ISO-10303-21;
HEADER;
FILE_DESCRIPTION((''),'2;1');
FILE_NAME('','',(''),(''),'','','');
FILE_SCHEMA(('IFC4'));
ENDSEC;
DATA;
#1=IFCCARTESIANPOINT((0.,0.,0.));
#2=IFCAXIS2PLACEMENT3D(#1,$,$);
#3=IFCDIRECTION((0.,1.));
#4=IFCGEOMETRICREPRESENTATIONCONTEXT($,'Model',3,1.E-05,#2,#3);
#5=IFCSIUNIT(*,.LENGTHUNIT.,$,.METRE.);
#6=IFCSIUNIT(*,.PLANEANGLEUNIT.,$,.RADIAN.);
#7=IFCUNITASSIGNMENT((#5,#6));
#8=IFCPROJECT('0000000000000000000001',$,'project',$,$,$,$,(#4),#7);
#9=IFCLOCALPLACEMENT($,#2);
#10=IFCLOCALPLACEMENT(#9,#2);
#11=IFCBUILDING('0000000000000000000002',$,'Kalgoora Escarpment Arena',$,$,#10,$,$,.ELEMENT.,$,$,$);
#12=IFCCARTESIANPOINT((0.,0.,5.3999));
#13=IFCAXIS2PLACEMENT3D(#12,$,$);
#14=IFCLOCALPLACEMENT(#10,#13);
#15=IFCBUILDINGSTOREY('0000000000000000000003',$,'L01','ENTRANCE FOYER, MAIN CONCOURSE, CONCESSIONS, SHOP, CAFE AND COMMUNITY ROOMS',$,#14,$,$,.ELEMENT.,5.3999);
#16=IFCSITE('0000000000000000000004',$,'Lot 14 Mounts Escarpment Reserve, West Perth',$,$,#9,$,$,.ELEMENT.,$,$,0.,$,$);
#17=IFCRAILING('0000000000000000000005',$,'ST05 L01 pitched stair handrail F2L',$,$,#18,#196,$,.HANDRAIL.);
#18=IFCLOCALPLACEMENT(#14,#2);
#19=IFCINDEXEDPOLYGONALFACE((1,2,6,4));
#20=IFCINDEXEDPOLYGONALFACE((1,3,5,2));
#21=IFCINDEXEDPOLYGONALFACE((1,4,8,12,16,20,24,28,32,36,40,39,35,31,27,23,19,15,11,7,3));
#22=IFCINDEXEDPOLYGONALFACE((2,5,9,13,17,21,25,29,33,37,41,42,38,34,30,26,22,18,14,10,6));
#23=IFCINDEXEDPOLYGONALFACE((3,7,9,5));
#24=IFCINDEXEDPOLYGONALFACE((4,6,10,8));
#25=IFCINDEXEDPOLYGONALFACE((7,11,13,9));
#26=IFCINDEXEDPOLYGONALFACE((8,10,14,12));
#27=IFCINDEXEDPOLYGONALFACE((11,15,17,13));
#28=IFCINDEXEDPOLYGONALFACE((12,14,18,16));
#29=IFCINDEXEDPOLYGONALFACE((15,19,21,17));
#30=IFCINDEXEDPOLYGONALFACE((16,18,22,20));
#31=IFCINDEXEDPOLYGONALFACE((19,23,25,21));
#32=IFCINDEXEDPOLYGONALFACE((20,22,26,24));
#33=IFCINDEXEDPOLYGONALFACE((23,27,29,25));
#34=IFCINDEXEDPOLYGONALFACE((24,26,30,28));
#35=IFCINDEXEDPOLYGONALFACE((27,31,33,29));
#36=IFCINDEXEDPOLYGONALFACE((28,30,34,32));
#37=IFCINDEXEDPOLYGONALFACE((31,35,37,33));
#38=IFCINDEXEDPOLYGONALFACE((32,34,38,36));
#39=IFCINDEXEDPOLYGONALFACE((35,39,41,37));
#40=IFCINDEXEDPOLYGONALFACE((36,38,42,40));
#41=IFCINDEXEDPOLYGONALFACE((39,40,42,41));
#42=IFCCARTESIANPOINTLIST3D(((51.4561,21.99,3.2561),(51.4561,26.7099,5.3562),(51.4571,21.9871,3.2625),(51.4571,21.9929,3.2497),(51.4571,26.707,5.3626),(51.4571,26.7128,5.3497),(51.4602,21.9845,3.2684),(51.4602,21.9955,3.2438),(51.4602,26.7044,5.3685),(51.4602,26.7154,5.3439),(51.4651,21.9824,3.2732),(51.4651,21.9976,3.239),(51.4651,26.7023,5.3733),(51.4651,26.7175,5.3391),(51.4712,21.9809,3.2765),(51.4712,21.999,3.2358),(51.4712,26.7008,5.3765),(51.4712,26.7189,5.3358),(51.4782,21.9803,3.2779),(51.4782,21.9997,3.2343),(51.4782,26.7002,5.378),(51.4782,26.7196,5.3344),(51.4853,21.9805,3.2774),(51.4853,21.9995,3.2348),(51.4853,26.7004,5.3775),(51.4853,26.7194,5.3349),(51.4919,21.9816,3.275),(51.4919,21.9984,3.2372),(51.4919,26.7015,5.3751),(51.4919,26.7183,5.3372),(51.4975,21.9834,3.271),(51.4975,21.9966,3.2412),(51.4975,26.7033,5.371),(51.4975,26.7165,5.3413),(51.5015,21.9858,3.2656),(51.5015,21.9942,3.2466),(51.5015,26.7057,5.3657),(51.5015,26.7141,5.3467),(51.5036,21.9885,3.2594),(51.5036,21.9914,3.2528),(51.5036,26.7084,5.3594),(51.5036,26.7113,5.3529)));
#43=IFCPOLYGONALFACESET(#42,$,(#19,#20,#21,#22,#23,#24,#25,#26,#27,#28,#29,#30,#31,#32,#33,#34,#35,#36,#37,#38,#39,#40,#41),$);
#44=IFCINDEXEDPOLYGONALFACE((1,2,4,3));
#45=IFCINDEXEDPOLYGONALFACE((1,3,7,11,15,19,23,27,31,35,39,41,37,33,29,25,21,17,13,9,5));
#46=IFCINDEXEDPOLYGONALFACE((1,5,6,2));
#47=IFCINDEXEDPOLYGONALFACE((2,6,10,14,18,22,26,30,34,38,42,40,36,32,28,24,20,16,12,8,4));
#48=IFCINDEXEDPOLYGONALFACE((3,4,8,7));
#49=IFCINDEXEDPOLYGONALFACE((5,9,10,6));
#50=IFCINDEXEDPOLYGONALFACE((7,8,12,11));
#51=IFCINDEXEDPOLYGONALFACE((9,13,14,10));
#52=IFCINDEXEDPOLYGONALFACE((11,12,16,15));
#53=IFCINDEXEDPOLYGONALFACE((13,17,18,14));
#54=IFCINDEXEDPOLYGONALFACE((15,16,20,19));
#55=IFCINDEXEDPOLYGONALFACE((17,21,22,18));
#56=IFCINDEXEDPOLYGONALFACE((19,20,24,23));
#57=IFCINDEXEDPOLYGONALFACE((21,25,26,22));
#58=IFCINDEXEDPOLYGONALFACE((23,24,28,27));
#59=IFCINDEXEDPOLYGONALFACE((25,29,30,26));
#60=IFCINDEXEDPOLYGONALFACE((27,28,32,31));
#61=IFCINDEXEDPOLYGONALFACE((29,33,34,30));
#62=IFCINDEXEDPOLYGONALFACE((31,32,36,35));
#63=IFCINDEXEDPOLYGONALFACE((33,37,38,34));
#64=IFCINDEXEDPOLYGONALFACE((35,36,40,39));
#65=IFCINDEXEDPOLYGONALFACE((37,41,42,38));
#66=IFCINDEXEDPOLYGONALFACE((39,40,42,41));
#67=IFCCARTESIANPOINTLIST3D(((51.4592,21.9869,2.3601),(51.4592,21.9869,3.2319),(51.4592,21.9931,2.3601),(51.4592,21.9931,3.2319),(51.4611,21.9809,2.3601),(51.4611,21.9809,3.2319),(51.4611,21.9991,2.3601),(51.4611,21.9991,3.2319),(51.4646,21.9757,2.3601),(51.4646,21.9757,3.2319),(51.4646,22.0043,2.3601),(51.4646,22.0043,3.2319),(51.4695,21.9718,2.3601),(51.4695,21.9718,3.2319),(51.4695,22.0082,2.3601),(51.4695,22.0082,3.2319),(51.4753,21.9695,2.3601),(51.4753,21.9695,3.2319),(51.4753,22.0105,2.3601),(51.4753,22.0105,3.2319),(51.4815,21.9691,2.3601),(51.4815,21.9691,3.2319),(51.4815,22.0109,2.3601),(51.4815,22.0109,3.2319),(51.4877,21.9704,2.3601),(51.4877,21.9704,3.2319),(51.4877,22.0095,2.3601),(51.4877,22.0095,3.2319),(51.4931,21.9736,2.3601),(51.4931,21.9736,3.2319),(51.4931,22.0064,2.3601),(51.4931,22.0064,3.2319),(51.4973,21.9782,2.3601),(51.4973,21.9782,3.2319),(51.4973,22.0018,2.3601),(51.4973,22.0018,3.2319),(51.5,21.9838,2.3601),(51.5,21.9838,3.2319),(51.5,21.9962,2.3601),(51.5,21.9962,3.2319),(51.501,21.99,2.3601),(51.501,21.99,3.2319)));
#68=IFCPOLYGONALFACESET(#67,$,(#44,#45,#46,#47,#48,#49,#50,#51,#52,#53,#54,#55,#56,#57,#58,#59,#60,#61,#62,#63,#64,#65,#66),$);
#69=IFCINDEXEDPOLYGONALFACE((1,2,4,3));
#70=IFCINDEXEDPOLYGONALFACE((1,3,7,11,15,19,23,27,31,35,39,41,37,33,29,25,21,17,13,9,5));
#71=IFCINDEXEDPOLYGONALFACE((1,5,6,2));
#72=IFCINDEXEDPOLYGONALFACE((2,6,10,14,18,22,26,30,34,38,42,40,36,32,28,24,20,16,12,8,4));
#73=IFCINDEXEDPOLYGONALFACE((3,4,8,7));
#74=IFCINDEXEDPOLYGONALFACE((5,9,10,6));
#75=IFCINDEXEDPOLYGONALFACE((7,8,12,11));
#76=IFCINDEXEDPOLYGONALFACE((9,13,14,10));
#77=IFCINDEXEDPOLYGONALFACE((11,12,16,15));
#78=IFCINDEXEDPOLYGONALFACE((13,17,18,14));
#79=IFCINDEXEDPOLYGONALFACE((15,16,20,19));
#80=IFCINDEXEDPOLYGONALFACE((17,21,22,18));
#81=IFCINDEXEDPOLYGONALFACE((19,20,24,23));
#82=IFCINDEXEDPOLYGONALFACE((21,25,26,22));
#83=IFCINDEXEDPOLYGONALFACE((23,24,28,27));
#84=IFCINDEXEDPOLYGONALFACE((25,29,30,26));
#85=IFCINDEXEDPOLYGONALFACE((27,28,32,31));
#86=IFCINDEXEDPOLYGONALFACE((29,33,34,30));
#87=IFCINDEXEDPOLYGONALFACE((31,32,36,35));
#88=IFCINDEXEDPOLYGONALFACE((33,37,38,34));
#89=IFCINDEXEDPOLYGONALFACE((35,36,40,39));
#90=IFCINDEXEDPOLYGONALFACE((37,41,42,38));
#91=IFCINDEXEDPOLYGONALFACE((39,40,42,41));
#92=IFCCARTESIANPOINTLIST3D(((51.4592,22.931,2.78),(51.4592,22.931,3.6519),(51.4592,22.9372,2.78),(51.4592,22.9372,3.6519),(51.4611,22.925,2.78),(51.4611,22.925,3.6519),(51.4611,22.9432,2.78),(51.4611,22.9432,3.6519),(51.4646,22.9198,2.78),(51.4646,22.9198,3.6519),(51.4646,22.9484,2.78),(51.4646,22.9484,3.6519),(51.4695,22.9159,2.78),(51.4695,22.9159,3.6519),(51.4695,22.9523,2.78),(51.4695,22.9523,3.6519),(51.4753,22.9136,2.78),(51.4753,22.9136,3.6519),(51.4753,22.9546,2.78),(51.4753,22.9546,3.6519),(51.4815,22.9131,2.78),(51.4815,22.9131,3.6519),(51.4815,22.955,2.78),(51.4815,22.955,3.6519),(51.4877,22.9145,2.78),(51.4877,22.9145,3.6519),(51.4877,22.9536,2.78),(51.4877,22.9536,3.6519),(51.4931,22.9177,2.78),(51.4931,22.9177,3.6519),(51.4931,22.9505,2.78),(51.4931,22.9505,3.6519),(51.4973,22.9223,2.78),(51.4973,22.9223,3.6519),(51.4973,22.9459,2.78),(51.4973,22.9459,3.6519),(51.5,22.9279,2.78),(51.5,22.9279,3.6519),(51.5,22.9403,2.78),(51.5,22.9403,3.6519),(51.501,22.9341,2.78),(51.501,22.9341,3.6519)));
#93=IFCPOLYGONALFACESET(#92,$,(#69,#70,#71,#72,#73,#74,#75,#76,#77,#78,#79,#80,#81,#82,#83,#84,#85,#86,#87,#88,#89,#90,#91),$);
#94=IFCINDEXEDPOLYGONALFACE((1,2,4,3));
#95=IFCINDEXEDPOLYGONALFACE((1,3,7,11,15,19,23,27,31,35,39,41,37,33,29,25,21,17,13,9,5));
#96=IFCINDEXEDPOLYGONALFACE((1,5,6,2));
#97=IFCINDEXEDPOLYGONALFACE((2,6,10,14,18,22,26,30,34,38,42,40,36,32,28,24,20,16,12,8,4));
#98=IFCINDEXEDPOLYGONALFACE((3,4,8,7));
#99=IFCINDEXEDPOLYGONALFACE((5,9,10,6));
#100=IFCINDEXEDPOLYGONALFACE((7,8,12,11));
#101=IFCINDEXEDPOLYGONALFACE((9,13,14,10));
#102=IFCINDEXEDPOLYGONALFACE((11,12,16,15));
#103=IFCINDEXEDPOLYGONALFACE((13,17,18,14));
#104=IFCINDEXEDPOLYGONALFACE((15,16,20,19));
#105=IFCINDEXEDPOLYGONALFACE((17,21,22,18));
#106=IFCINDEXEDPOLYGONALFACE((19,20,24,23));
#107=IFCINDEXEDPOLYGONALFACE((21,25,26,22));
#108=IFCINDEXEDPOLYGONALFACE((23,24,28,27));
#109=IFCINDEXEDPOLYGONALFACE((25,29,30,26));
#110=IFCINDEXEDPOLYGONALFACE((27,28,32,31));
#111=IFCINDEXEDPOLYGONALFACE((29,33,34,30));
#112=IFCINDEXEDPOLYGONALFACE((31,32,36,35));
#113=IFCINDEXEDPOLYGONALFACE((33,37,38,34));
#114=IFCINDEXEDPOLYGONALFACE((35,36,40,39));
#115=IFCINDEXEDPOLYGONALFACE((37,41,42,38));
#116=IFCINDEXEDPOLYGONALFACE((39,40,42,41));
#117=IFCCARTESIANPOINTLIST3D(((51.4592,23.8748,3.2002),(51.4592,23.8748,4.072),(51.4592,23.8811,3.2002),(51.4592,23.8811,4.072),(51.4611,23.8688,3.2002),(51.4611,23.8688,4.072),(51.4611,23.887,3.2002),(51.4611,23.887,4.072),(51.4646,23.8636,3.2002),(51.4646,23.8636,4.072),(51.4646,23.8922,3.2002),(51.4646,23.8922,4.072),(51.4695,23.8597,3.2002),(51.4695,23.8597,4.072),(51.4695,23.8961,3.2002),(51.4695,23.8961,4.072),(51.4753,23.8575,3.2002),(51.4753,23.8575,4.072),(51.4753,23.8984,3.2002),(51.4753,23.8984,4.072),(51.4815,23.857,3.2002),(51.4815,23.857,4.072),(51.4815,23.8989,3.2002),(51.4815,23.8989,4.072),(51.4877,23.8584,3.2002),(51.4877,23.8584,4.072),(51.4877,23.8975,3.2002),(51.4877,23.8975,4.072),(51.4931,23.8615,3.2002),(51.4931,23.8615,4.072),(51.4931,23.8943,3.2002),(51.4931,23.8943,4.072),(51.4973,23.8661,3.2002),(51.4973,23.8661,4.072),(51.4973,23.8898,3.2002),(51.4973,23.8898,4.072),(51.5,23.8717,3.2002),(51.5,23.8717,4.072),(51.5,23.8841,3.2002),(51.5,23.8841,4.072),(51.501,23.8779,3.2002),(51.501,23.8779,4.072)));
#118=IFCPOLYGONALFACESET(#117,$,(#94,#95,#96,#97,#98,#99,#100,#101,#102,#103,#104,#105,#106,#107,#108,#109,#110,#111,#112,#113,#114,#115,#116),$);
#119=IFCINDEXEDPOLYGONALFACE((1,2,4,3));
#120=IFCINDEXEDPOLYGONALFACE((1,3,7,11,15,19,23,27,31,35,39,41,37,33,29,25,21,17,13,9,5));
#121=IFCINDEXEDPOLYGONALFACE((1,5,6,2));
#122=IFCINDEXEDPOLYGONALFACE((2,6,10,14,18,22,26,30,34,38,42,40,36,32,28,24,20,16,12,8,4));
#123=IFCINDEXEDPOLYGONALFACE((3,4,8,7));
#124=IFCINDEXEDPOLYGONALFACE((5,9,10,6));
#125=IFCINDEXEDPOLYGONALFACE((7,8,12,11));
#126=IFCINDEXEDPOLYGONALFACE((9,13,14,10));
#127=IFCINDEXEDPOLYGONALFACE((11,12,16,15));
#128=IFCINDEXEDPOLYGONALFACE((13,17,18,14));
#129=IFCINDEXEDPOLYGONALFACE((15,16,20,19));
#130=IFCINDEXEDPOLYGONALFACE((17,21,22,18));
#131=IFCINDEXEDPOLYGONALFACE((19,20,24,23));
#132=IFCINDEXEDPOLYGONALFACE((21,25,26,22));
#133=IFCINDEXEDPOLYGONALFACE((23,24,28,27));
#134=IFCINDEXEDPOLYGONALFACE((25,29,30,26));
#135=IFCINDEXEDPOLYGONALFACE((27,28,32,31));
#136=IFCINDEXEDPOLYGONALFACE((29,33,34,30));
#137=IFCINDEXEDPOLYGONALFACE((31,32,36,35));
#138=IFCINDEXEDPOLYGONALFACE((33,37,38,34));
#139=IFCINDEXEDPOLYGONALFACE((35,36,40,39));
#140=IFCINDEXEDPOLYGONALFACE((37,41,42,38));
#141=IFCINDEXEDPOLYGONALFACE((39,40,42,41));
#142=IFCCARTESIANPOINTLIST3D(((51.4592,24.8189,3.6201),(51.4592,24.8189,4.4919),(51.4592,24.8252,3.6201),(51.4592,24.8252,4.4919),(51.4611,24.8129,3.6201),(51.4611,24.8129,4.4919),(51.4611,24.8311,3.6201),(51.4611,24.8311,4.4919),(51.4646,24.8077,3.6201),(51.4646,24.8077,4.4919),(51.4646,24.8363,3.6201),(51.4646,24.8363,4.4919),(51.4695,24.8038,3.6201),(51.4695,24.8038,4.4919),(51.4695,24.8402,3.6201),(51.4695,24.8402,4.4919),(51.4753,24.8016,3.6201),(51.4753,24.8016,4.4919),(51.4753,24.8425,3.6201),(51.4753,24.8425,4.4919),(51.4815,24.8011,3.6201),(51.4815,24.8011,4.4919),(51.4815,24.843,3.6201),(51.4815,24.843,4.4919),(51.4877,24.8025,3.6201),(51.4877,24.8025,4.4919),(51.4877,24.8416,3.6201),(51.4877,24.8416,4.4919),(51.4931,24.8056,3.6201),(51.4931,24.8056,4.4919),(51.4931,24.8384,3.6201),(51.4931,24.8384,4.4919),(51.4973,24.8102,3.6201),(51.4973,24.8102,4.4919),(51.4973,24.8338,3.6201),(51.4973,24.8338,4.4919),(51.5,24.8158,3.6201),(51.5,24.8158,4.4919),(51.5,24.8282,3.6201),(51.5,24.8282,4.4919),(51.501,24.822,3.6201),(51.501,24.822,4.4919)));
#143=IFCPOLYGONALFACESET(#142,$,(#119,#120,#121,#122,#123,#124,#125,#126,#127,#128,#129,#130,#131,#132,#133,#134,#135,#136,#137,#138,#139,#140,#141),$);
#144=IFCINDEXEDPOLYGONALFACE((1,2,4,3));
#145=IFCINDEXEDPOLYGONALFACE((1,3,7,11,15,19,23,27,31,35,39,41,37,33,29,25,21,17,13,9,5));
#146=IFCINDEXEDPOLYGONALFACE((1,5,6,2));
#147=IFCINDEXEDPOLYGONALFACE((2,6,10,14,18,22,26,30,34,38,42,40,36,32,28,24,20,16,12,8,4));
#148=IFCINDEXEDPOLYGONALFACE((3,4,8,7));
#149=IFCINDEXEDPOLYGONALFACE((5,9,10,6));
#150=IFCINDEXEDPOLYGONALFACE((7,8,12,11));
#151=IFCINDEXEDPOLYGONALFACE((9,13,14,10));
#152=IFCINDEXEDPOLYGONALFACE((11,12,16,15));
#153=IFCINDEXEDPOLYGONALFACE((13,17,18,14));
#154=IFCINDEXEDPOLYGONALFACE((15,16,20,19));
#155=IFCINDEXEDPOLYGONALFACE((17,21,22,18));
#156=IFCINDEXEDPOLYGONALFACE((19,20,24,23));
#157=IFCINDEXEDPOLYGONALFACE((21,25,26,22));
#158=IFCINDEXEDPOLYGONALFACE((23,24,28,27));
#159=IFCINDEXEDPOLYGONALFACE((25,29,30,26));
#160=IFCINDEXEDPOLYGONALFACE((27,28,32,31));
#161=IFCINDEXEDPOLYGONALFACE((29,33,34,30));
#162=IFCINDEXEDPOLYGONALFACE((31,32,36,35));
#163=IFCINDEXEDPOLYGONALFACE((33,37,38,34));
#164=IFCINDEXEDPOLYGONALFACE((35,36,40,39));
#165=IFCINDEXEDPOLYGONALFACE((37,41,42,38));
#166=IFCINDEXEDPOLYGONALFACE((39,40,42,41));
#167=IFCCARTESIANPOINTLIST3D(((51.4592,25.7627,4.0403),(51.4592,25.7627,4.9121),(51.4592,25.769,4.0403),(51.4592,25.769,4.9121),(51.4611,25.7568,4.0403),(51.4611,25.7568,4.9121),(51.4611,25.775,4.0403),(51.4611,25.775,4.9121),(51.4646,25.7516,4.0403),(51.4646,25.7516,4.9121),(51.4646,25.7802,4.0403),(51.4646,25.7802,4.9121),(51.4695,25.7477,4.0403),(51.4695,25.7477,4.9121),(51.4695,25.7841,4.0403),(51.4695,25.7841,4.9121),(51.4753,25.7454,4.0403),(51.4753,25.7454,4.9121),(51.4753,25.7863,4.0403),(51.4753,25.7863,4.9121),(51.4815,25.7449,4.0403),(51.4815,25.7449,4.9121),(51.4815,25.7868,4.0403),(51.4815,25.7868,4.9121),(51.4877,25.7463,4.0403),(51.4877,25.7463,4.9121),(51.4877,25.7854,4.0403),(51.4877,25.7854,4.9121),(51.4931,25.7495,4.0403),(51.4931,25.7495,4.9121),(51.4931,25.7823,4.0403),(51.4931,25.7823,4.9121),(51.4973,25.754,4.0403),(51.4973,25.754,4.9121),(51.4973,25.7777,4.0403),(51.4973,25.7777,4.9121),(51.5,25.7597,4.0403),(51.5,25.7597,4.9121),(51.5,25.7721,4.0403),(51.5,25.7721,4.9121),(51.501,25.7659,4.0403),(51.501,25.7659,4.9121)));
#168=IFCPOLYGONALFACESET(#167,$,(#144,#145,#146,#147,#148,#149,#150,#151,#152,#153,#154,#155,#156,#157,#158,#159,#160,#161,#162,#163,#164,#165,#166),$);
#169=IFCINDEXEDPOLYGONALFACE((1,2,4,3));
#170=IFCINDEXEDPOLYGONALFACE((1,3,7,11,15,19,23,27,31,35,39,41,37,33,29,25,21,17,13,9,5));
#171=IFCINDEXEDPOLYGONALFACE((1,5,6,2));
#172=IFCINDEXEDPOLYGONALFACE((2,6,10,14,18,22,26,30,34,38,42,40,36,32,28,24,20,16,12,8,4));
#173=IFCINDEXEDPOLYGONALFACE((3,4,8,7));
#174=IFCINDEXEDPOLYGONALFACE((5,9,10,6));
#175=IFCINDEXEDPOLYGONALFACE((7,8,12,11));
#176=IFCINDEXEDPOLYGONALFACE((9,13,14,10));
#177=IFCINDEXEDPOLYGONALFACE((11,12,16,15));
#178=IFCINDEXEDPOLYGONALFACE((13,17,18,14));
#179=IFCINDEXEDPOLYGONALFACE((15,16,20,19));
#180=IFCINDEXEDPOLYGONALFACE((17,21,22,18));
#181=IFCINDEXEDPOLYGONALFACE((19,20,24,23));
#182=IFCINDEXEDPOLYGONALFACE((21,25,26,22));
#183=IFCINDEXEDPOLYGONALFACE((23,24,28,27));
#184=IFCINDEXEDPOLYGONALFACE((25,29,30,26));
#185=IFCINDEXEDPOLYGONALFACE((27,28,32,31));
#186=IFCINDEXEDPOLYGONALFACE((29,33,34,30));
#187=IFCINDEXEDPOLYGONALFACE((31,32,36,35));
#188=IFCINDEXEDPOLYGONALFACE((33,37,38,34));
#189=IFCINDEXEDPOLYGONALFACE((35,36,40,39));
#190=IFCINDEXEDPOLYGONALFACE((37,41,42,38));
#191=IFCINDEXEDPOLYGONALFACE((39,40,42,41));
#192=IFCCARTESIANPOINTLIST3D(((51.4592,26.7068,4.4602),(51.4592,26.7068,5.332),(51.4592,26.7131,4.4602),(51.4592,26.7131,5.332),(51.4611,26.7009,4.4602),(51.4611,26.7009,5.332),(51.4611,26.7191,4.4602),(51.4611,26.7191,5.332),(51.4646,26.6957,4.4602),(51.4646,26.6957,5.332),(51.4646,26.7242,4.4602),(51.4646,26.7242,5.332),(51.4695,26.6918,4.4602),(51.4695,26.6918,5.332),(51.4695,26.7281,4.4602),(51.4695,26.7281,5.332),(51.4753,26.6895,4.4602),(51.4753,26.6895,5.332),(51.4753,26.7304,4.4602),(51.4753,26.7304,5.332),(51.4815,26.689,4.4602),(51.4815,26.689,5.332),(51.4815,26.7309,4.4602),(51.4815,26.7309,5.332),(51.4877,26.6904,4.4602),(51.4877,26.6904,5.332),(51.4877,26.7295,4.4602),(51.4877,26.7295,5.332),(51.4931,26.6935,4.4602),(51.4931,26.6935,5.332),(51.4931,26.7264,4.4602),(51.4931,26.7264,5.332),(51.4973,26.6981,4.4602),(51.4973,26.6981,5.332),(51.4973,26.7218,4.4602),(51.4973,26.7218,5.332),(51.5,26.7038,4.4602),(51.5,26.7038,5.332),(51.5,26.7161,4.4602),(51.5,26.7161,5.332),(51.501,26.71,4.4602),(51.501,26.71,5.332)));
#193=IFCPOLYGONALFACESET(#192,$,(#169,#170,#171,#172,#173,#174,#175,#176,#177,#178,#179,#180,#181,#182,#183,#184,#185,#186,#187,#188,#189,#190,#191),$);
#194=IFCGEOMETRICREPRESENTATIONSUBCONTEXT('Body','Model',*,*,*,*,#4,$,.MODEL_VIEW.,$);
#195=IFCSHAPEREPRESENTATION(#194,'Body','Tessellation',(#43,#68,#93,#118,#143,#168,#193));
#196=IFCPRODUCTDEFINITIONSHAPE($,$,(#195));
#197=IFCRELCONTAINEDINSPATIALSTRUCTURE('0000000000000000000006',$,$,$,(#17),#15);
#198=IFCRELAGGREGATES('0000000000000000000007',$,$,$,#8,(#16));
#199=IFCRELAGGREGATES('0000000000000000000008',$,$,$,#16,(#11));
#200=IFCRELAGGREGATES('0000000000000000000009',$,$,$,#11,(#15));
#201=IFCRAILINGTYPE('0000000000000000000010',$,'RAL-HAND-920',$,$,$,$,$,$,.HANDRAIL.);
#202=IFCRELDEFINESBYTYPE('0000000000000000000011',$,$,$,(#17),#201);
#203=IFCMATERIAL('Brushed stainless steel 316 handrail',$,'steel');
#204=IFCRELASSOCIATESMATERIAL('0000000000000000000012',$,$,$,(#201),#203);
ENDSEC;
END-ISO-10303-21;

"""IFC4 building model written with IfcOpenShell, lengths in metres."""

from ifc_helpers import new_model, si_unit, direction, frame, origin, origin_2d, place, context, subcontext, project, spatial, circle, extrude, material, type_object, element, save


model = new_model("IFC4")

# Units and contexts
model_context = context("Model", 3, precision=1e-05, world=origin(), true_north=direction((0.0, 1.0)))
body_context = subcontext(model_context, "Body", "Model", "MODEL_VIEW")
ifc_project = project(units=[si_unit("LENGTHUNIT", "METRE"), si_unit("PLANEANGLEUNIT", "RADIAN")], contexts=[model_context])

# Site, building, storey
site_placement = place(None, origin())
site = spatial("IfcSite", under=ifc_project, at=site_placement, Name="Lot 14 Mounts Escarpment Reserve, West Perth", CompositionType="ELEMENT", RefElevation=0.0)
building_placement = place(site_placement, origin())
building = spatial("IfcBuilding", under=site, at=building_placement, Name="Kalgoora Escarpment Arena", CompositionType="ELEMENT")
storey_placement = place(building_placement, frame((0.0, 0.0, 5.3999)))
storey = spatial("IfcBuildingStorey", under=building, at=storey_placement, Name="L01", Description="ENTRANCE FOYER, MAIN CONCOURSE, CONCESSIONS, SHOP, CAFE AND COMMUNITY ROOMS", CompositionType="ELEMENT", Elevation=5.3999)

# Railing
ifc_material_1 = material(Name="Brushed stainless steel 316 handrail", Category="steel")
railing_type_1 = type_object("IfcRailingType", Name="RAL-HAND-920", PredefinedType="HANDRAIL", material=ifc_material_1)
for number, where, name in (
    (1, (51.48, 21.99, 2.3601), "ST05 L01 pitched stair handrail F2L"),
):
    element("IfcRailing", number, at=place(storey_placement, frame(where)), inside=storey, type_object=railing_type_1, Name=name, PredefinedType="HANDRAIL", context=body_context, shape_type="SweptSolid", body=[
        extrude(circle(Radius=0.0239, at=origin_2d()), frame((0.0, 0.0, 0.896), z_axis=(0.0, 0.913644, 0.406516), x_axis=(-1.0, 0.0, 0.0)), (0.0, 0.0, 1.0), 5.166),
        extrude(circle(Radius=0.021, at=origin_2d()), origin(), (0.0, 0.0, 1.0), 0.8718),
        extrude(circle(Radius=0.021, at=origin_2d()), frame((0.0, 0.9441, 0.4199)), (0.0, 0.0, 1.0), 0.8718),
        extrude(circle(Radius=0.021, at=origin_2d()), frame((0.0, 1.8879, 0.8401)), (0.0, 0.0, 1.0), 0.8718),
        extrude(circle(Radius=0.021, at=origin_2d()), frame((0.0, 2.832, 1.26)), (0.0, 0.0, 1.0), 0.8718),
        extrude(circle(Radius=0.021, at=origin_2d()), frame((0.0, 3.7759, 1.6802)), (0.0, 0.0, 1.0), 0.8718),
        extrude(circle(Radius=0.021, at=origin_2d()), frame((0.0, 4.72, 2.1001)), (0.0, 0.0, 1.0), 0.8718),
    ])

save(model, "model.ifc")
